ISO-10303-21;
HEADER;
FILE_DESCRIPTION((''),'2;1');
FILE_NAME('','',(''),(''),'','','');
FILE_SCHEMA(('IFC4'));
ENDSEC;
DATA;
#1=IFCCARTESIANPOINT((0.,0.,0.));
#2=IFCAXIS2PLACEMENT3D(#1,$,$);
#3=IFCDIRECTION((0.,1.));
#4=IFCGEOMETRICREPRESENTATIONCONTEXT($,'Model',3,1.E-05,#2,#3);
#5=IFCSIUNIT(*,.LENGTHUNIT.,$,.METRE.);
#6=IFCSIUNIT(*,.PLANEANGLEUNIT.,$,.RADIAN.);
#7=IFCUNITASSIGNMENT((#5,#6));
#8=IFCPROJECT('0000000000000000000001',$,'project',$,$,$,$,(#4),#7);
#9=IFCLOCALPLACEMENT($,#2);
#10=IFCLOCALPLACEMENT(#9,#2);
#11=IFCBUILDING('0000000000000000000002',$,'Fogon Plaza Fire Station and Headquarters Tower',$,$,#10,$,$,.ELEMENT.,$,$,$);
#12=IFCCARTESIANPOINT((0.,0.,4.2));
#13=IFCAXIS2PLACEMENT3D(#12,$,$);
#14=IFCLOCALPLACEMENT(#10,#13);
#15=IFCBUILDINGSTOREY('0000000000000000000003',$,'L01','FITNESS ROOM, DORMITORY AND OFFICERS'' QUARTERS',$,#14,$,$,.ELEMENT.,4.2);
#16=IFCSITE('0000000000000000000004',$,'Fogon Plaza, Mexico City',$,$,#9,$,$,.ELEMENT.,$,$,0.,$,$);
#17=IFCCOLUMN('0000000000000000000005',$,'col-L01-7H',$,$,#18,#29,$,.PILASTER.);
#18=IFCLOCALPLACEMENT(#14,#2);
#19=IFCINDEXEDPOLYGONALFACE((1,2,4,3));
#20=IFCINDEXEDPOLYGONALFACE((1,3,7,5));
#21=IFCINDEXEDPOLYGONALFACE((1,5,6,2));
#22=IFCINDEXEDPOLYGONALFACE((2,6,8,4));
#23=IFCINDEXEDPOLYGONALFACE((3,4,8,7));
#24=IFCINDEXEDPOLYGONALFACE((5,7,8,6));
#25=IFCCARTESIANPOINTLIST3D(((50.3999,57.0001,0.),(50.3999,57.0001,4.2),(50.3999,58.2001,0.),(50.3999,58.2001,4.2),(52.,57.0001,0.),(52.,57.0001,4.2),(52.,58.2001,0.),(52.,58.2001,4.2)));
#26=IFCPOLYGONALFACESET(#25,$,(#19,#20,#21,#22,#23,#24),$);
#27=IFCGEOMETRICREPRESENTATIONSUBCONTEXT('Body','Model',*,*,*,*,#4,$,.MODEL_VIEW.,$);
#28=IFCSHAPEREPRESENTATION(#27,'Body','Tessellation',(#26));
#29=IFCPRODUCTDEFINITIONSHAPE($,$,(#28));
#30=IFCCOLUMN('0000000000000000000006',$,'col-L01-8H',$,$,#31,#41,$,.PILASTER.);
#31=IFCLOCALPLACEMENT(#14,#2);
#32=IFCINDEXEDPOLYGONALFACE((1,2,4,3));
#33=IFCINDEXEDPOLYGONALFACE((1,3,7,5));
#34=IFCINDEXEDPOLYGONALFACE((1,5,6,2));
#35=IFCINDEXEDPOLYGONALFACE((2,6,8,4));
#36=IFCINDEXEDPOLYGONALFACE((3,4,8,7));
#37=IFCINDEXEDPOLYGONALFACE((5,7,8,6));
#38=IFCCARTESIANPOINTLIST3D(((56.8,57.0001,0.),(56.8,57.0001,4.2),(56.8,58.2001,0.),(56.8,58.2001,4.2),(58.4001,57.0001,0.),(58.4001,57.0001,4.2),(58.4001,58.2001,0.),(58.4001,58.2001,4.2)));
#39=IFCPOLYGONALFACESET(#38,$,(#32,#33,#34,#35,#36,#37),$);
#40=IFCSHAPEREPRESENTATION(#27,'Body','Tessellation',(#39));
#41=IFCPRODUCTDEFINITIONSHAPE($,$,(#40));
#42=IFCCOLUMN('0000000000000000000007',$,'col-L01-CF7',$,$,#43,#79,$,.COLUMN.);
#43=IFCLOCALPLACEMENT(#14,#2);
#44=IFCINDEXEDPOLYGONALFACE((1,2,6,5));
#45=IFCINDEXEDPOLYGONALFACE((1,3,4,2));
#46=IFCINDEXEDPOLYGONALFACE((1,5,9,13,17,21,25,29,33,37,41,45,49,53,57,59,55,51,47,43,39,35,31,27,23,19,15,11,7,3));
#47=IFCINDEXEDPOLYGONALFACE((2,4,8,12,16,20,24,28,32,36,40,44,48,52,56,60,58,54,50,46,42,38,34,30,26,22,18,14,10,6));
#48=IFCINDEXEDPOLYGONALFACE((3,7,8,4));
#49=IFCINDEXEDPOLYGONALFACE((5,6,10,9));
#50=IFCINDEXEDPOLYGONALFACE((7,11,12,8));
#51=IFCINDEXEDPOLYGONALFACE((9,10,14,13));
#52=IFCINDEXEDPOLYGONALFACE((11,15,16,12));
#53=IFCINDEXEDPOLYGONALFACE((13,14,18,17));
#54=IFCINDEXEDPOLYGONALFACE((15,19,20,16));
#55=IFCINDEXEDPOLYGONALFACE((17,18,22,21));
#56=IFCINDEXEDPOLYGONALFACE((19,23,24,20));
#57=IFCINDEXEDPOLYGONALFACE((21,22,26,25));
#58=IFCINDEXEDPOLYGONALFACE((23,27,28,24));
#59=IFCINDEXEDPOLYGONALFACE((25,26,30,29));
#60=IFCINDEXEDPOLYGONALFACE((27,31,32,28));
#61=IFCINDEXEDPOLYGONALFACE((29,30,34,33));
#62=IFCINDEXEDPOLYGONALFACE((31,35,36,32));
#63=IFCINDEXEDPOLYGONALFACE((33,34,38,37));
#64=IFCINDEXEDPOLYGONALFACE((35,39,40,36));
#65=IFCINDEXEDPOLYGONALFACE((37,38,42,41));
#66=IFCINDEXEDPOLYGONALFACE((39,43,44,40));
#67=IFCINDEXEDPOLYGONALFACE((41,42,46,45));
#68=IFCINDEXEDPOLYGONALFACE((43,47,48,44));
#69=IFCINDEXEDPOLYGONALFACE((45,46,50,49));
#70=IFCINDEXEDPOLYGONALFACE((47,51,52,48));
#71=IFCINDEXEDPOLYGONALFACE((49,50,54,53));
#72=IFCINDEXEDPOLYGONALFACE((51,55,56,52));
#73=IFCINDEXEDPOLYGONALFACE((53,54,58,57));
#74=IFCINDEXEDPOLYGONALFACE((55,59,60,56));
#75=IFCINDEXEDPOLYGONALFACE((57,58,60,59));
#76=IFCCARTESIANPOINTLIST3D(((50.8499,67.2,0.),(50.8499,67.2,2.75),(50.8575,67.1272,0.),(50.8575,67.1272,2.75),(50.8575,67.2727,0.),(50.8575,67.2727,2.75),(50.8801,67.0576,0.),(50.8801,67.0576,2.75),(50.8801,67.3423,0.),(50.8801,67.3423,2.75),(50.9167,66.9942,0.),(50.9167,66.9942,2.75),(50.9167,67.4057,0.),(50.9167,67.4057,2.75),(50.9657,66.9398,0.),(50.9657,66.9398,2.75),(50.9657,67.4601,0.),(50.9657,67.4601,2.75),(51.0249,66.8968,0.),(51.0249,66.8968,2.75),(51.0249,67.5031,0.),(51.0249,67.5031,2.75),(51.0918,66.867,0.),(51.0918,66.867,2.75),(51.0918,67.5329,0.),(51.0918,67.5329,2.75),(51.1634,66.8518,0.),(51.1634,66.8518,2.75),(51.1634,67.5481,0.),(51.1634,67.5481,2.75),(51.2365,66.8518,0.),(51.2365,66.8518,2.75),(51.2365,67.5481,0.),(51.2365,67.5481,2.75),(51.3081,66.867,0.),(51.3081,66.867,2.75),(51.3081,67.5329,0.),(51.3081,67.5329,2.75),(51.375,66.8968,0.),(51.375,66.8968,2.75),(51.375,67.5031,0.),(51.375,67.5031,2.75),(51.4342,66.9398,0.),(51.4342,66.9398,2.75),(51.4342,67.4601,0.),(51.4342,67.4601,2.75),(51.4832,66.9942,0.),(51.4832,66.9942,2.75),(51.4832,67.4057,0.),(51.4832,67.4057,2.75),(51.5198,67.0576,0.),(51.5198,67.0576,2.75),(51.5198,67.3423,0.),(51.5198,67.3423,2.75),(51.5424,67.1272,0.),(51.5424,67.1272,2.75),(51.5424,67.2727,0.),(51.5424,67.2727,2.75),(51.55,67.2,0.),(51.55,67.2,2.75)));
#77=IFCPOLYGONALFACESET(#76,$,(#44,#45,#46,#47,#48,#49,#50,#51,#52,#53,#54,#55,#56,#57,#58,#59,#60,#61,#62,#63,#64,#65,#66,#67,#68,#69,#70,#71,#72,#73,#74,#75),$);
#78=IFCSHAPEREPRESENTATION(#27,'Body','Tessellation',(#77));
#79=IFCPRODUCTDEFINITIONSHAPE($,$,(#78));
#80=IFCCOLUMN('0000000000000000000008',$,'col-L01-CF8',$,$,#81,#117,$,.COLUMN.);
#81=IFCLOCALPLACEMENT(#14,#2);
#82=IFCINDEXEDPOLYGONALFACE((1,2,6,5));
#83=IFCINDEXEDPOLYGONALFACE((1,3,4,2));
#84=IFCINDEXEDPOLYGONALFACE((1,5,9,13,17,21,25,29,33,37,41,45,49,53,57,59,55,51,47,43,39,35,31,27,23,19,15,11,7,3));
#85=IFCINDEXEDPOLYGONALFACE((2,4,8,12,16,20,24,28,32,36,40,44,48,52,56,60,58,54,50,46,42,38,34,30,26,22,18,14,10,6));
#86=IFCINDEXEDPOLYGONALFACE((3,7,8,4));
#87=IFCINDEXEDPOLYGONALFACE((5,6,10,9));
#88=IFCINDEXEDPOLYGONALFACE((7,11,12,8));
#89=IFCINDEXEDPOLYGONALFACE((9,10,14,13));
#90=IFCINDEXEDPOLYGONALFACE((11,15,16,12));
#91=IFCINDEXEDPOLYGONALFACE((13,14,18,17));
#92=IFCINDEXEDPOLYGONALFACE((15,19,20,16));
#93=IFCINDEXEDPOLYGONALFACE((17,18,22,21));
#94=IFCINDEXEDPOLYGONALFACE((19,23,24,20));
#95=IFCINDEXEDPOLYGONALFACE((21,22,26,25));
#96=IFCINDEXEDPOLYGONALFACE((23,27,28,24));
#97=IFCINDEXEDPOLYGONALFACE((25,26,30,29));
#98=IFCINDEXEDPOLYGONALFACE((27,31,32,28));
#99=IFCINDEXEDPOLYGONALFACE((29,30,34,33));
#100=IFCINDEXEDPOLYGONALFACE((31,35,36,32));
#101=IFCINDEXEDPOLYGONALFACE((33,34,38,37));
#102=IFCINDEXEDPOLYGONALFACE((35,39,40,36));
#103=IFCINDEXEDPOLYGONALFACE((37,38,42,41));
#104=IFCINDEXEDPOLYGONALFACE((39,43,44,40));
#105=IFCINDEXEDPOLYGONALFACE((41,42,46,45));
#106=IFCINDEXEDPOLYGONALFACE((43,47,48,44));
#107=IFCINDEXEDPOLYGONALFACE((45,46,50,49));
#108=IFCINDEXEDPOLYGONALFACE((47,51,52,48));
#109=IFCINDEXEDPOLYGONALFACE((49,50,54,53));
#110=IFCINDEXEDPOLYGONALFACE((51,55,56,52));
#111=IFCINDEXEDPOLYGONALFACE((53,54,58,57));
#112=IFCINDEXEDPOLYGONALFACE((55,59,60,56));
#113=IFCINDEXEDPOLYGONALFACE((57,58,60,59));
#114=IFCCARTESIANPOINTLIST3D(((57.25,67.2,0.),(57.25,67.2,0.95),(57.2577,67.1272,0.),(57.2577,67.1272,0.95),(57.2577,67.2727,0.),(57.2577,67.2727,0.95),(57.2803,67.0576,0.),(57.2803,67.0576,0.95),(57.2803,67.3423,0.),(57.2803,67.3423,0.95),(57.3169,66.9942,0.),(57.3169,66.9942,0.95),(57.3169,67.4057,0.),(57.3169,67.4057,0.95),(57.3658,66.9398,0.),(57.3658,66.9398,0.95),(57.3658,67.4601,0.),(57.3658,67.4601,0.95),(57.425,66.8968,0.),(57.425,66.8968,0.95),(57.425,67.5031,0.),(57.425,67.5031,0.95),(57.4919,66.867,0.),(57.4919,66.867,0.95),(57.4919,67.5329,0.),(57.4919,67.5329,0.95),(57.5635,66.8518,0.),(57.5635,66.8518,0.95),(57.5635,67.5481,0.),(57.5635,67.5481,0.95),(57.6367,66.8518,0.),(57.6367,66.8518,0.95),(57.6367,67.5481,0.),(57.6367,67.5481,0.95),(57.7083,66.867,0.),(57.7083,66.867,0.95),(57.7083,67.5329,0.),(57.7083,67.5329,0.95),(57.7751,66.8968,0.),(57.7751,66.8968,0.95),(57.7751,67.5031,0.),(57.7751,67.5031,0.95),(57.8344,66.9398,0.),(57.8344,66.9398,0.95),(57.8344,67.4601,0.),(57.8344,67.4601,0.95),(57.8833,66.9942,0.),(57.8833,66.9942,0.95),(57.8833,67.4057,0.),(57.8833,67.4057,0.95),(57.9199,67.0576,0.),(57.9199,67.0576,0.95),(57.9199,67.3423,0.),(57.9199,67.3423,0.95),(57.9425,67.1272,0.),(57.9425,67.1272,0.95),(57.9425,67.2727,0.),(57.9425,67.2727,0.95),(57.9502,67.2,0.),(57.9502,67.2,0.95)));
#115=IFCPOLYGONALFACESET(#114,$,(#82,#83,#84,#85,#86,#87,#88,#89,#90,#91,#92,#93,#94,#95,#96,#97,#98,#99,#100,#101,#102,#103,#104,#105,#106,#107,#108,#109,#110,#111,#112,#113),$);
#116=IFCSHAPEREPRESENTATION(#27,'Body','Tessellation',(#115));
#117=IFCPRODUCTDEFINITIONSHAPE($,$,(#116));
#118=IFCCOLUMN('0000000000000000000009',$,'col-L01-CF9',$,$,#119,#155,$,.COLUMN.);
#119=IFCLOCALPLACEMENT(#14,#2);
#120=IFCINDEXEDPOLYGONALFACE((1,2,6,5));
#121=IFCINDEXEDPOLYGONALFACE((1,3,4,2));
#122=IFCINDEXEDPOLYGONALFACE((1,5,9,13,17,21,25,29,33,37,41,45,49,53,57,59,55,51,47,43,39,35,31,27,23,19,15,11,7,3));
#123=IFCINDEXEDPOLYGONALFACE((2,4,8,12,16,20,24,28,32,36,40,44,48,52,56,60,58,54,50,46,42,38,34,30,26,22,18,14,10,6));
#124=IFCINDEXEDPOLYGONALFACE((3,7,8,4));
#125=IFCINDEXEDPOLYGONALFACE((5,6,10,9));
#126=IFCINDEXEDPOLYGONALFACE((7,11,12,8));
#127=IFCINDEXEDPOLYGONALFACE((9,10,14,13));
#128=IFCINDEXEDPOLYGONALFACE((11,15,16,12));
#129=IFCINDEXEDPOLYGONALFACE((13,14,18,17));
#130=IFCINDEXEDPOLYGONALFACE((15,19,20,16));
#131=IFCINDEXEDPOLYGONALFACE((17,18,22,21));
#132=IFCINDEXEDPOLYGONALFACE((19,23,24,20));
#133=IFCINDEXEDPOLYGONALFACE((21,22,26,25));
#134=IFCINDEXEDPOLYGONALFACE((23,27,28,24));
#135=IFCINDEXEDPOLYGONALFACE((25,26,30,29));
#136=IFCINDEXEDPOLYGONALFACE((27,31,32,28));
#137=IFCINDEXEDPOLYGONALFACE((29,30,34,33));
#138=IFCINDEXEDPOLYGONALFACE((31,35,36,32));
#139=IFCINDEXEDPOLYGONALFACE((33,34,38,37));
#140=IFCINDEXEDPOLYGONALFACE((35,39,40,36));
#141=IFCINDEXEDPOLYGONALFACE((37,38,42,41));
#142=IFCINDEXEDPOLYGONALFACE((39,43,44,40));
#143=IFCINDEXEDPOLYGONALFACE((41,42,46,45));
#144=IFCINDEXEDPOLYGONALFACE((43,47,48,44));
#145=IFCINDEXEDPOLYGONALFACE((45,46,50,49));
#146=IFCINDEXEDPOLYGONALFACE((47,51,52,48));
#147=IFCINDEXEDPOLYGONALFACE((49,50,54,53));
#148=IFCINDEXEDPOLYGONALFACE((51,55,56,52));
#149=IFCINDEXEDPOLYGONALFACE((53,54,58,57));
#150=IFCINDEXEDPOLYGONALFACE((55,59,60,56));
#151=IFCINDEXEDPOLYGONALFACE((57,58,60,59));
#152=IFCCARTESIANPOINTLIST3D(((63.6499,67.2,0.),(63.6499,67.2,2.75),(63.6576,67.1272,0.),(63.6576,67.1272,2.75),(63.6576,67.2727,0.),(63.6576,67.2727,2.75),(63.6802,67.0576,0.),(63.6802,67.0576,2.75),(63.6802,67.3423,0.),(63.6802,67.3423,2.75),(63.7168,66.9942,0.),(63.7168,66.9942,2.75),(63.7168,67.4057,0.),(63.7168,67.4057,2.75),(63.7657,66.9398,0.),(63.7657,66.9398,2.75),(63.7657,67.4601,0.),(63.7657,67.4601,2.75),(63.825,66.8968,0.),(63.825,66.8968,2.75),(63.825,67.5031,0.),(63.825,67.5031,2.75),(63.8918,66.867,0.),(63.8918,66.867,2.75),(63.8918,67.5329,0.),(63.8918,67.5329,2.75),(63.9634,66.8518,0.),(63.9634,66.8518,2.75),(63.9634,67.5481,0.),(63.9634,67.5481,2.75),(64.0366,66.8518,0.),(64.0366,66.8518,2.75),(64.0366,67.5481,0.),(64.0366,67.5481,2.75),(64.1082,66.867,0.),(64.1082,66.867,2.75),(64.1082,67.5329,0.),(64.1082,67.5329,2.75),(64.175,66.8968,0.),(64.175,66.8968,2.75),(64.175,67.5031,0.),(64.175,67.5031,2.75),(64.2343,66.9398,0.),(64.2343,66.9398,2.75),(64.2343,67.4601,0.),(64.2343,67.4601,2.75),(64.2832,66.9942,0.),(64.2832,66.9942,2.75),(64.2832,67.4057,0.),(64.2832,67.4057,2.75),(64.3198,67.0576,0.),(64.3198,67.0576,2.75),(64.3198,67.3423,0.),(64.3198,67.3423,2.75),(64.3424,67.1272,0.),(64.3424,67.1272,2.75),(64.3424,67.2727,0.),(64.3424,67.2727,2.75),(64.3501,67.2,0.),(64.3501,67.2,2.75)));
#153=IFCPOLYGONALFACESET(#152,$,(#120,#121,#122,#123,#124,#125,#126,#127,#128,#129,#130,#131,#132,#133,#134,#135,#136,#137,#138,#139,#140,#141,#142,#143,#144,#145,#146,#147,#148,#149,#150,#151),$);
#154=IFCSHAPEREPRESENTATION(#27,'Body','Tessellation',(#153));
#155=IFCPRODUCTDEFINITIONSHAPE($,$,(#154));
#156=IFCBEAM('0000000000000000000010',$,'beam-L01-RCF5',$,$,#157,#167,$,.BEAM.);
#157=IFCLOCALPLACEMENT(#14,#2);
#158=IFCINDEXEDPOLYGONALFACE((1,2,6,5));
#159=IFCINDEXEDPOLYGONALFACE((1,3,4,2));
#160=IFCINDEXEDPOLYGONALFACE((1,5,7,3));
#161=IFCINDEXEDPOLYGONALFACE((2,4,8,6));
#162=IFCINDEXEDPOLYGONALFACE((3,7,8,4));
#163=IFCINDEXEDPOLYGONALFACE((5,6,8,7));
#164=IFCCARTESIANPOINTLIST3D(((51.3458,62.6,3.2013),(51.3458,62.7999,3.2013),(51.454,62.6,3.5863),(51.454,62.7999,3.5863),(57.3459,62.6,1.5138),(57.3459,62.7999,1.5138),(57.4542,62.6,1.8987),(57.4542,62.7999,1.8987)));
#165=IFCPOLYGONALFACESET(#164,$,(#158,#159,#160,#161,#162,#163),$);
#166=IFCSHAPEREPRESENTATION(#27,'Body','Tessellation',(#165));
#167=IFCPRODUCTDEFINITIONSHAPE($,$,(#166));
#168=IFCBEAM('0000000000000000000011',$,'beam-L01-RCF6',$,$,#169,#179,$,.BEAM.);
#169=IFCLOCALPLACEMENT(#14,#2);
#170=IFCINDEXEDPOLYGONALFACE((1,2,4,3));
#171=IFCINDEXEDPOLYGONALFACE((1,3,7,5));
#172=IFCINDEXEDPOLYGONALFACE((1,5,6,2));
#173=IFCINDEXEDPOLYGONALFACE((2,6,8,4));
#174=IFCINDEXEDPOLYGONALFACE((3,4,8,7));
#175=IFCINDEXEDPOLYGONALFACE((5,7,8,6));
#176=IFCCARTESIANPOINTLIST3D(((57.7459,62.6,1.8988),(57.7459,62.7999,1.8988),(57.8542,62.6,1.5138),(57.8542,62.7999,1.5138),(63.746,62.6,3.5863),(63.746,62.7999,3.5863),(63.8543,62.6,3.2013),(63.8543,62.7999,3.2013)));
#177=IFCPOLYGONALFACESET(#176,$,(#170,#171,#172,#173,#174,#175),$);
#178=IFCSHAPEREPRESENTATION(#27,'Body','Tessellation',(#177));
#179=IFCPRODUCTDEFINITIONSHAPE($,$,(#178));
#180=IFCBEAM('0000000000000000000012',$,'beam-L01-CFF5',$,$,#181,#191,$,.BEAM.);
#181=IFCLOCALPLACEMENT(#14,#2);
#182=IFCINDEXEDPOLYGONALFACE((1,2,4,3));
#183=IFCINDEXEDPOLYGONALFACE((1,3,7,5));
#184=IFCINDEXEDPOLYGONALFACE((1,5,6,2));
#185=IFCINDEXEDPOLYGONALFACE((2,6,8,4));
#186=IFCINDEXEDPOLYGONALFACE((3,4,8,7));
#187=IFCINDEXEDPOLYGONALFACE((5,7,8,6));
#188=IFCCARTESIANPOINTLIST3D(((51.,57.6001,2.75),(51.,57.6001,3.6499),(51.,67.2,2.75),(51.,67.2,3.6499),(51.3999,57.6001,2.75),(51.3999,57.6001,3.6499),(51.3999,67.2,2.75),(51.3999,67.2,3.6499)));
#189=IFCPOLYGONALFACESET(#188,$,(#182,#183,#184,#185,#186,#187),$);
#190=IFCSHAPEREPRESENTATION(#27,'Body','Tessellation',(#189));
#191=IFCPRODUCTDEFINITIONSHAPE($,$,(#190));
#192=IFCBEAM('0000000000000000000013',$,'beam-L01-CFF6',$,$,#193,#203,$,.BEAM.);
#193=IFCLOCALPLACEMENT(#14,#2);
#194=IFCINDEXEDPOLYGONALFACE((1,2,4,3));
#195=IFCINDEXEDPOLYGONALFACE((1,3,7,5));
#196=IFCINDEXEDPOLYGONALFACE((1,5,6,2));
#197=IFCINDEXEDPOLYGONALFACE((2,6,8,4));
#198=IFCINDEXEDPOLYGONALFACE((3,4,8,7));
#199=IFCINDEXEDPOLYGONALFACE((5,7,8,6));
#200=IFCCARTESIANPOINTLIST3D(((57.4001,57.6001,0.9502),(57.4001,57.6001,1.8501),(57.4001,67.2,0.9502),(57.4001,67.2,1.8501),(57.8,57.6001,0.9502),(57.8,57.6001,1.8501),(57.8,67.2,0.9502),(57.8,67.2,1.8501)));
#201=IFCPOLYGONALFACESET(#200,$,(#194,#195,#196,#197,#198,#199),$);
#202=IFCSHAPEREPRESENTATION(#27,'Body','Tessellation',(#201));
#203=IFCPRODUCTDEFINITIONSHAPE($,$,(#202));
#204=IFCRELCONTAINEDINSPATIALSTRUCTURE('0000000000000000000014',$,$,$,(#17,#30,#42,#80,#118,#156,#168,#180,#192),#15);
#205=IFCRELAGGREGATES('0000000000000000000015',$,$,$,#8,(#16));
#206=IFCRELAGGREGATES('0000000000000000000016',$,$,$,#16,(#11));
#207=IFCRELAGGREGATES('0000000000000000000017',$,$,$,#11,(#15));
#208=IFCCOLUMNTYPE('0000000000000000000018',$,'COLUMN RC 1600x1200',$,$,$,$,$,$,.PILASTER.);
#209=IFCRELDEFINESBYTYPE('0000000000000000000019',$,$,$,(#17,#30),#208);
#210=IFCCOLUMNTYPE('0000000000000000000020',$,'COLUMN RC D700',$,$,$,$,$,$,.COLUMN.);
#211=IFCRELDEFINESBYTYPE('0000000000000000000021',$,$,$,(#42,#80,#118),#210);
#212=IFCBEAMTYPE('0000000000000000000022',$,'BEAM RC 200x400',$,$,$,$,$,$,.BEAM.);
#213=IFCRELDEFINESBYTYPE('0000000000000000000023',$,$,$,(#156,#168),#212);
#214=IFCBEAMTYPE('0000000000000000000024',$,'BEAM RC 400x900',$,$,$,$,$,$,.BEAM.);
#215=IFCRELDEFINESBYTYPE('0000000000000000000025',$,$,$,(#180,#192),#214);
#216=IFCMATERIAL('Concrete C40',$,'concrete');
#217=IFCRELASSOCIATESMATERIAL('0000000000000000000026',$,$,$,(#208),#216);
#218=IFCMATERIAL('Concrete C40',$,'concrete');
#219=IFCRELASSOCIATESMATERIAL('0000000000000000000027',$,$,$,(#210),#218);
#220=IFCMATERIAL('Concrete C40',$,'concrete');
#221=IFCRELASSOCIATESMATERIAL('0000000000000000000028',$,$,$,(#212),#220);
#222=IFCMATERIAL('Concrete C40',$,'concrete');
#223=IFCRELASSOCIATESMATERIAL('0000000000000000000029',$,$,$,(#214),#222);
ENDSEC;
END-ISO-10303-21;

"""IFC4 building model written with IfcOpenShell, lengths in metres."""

from ifc_helpers import new_model, si_unit, direction, frame, origin, origin_2d, place, context, subcontext, project, spatial, rectangle, circle, extrude, material, material_profile, profile_set, type_object, element, save


model = new_model("IFC4")

# Units and contexts
model_context = context("Model", 3, precision=1e-05, world=origin(), true_north=direction((0.0, 1.0)))
body_context = subcontext(model_context, "Body", "Model", "MODEL_VIEW")
ifc_project = project(units=[si_unit("LENGTHUNIT", "METRE"), si_unit("PLANEANGLEUNIT", "RADIAN")], contexts=[model_context])

# Site, building, storey
site_placement = place(None, origin())
site = spatial("IfcSite", under=ifc_project, at=site_placement, Name="Fogon Plaza, Mexico City", CompositionType="ELEMENT", RefElevation=0.0)
building_placement = place(site_placement, origin())
building = spatial("IfcBuilding", under=site, at=building_placement, Name="Fogon Plaza Fire Station and Headquarters Tower", CompositionType="ELEMENT")
storey_placement = place(building_placement, frame((0.0, 0.0, 4.2)))
storey = spatial("IfcBuildingStorey", under=building, at=storey_placement, Name="L01", Description="FITNESS ROOM, DORMITORY AND OFFICERS' QUARTERS", CompositionType="ELEMENT", Elevation=4.2)

# Columns
ifc_material_1 = material(Name="Concrete C40", Category="concrete")
ifc_material_profile_1 = material_profile(ifc_material_1, rectangle(XDim=1.6001, YDim=1.2, at=origin_2d()), Name="RC 1600x1200")
ifc_profile_set_1 = profile_set([ifc_material_profile_1], Name="Concrete C40")
column_type_1 = type_object("IfcColumnType", Name="COLUMN RC 1600x1200", PredefinedType="PILASTER", material=ifc_profile_set_1)
for number, where, z_axis, x_axis, name in (
    (1, (51.2, 57.6001, 0.0), (0.0, 0.0, 1.0), (1.0, 0.0, 0.0), "col-L01-7H"),
    (2, (57.6001, 57.6001, 0.0), (0.0, 0.0, 1.0), (1.0, 0.0, 0.0), "col-L01-8H"),
):
    element("IfcColumn", number, at=place(storey_placement, frame(where, z_axis=z_axis, x_axis=x_axis)), inside=storey, type_object=column_type_1, Name=name, PredefinedType="PILASTER", context=body_context, shape_type="SweptSolid", body=[
        extrude(rectangle(XDim=1.6001, YDim=1.2, at=origin_2d()), origin(), (0.0, 0.0, 1.0), 4.2),
    ])
ifc_material_2 = material(Name="Concrete C40", Category="concrete")
ifc_material_profile_2 = material_profile(ifc_material_2, circle(Radius=0.3501, at=origin_2d()), Name="RC D700")
ifc_profile_set_2 = profile_set([ifc_material_profile_2], Name="Concrete C40")
column_type_2 = type_object("IfcColumnType", Name="COLUMN RC D700", PredefinedType="COLUMN", material=ifc_profile_set_2)
column_1_placement = place(storey_placement, frame((51.2, 67.2, 0.0), z_axis=(0.0, 0.0, 1.0), x_axis=(1.0, 0.0, 0.0)))
element("IfcColumn", 3, at=column_1_placement, inside=storey, type_object=column_type_2, Name="col-L01-CF7", PredefinedType="COLUMN", context=body_context, shape_type="SweptSolid", body=[
    extrude(circle(Radius=0.3501, at=origin_2d()), origin(), (0.0, 0.0, 1.0), 2.75),
])
column_2_placement = place(storey_placement, frame((57.6001, 67.2, 0.0), z_axis=(0.0, 0.0, 1.0), x_axis=(1.0, 0.0, 0.0)))
element("IfcColumn", 4, at=column_2_placement, inside=storey, type_object=column_type_2, Name="col-L01-CF8", PredefinedType="COLUMN", context=body_context, shape_type="SweptSolid", body=[
    extrude(circle(Radius=0.3501, at=origin_2d()), origin(), (0.0, 0.0, 1.0), 0.95),
])
column_3_placement = place(storey_placement, frame((64.0, 67.2, 0.0), z_axis=(0.0, 0.0, 1.0), x_axis=(1.0, 0.0, 0.0)))
element("IfcColumn", 5, at=column_3_placement, inside=storey, type_object=column_type_2, Name="col-L01-CF9", PredefinedType="COLUMN", context=body_context, shape_type="SweptSolid", body=[
    extrude(circle(Radius=0.3501, at=origin_2d()), origin(), (0.0, 0.0, 1.0), 2.75),
])

# Beams
ifc_material_3 = material(Name="Concrete C40", Category="concrete")
ifc_material_profile_3 = material_profile(ifc_material_3, rectangle(XDim=0.2, YDim=0.3999, at=origin_2d()), Name="RC 200x400")
ifc_profile_set_3 = profile_set([ifc_material_profile_3], Name="Concrete C40")
beam_type_1 = type_object("IfcBeamType", Name="BEAM RC 200x400", PredefinedType="BEAM", material=ifc_profile_set_3)
for number, where, z_axis, x_axis, name in (
    (6, (51.3999, 62.7, 3.3938), (0.962651, 0.0, -0.270746), (0.0, 1.0, 0.0), "beam-L01-RCF5"),
    (7, (57.8, 62.7, 1.7063), (0.962651, 0.0, 0.270746), (0.0, 1.0, 0.0), "beam-L01-RCF6"),
):
    element("IfcBeam", number, at=place(storey_placement, frame(where, z_axis=z_axis, x_axis=x_axis)), inside=storey, type_object=beam_type_1, Name=name, PredefinedType="BEAM", context=body_context, shape_type="SweptSolid", body=[
        extrude(rectangle(XDim=0.2, YDim=0.3999, at=origin_2d()), origin(), (0.0, 0.0, 1.0), 6.2329),
    ])
ifc_material_4 = material(Name="Concrete C40", Category="concrete")
ifc_material_profile_4 = material_profile(ifc_material_4, rectangle(XDim=0.3999, YDim=0.8999, at=origin_2d()), Name="RC 400x900")
ifc_profile_set_4 = profile_set([ifc_material_profile_4], Name="Concrete C40")
beam_type_2 = type_object("IfcBeamType", Name="BEAM RC 400x900", PredefinedType="BEAM", material=ifc_profile_set_4)
for number, where, z_axis, x_axis, name in (
    (8, (51.2, 57.6001, 3.2), (0.0, 1.0, 0.0), (-1.0, 0.0, 0.0), "beam-L01-CFF5"),
    (9, (57.6001, 57.6001, 1.4001), (0.0, 1.0, 0.0), (-1.0, 0.0, 0.0), "beam-L01-CFF6"),
):
    element("IfcBeam", number, at=place(storey_placement, frame(where, z_axis=z_axis, x_axis=x_axis)), inside=storey, type_object=beam_type_2, Name=name, PredefinedType="BEAM", context=body_context, shape_type="SweptSolid", body=[
        extrude(rectangle(XDim=0.3999, YDim=0.8999, at=origin_2d()), origin(), (0.0, 0.0, 1.0), 9.5999),
    ])

save(model, "model.ifc")
